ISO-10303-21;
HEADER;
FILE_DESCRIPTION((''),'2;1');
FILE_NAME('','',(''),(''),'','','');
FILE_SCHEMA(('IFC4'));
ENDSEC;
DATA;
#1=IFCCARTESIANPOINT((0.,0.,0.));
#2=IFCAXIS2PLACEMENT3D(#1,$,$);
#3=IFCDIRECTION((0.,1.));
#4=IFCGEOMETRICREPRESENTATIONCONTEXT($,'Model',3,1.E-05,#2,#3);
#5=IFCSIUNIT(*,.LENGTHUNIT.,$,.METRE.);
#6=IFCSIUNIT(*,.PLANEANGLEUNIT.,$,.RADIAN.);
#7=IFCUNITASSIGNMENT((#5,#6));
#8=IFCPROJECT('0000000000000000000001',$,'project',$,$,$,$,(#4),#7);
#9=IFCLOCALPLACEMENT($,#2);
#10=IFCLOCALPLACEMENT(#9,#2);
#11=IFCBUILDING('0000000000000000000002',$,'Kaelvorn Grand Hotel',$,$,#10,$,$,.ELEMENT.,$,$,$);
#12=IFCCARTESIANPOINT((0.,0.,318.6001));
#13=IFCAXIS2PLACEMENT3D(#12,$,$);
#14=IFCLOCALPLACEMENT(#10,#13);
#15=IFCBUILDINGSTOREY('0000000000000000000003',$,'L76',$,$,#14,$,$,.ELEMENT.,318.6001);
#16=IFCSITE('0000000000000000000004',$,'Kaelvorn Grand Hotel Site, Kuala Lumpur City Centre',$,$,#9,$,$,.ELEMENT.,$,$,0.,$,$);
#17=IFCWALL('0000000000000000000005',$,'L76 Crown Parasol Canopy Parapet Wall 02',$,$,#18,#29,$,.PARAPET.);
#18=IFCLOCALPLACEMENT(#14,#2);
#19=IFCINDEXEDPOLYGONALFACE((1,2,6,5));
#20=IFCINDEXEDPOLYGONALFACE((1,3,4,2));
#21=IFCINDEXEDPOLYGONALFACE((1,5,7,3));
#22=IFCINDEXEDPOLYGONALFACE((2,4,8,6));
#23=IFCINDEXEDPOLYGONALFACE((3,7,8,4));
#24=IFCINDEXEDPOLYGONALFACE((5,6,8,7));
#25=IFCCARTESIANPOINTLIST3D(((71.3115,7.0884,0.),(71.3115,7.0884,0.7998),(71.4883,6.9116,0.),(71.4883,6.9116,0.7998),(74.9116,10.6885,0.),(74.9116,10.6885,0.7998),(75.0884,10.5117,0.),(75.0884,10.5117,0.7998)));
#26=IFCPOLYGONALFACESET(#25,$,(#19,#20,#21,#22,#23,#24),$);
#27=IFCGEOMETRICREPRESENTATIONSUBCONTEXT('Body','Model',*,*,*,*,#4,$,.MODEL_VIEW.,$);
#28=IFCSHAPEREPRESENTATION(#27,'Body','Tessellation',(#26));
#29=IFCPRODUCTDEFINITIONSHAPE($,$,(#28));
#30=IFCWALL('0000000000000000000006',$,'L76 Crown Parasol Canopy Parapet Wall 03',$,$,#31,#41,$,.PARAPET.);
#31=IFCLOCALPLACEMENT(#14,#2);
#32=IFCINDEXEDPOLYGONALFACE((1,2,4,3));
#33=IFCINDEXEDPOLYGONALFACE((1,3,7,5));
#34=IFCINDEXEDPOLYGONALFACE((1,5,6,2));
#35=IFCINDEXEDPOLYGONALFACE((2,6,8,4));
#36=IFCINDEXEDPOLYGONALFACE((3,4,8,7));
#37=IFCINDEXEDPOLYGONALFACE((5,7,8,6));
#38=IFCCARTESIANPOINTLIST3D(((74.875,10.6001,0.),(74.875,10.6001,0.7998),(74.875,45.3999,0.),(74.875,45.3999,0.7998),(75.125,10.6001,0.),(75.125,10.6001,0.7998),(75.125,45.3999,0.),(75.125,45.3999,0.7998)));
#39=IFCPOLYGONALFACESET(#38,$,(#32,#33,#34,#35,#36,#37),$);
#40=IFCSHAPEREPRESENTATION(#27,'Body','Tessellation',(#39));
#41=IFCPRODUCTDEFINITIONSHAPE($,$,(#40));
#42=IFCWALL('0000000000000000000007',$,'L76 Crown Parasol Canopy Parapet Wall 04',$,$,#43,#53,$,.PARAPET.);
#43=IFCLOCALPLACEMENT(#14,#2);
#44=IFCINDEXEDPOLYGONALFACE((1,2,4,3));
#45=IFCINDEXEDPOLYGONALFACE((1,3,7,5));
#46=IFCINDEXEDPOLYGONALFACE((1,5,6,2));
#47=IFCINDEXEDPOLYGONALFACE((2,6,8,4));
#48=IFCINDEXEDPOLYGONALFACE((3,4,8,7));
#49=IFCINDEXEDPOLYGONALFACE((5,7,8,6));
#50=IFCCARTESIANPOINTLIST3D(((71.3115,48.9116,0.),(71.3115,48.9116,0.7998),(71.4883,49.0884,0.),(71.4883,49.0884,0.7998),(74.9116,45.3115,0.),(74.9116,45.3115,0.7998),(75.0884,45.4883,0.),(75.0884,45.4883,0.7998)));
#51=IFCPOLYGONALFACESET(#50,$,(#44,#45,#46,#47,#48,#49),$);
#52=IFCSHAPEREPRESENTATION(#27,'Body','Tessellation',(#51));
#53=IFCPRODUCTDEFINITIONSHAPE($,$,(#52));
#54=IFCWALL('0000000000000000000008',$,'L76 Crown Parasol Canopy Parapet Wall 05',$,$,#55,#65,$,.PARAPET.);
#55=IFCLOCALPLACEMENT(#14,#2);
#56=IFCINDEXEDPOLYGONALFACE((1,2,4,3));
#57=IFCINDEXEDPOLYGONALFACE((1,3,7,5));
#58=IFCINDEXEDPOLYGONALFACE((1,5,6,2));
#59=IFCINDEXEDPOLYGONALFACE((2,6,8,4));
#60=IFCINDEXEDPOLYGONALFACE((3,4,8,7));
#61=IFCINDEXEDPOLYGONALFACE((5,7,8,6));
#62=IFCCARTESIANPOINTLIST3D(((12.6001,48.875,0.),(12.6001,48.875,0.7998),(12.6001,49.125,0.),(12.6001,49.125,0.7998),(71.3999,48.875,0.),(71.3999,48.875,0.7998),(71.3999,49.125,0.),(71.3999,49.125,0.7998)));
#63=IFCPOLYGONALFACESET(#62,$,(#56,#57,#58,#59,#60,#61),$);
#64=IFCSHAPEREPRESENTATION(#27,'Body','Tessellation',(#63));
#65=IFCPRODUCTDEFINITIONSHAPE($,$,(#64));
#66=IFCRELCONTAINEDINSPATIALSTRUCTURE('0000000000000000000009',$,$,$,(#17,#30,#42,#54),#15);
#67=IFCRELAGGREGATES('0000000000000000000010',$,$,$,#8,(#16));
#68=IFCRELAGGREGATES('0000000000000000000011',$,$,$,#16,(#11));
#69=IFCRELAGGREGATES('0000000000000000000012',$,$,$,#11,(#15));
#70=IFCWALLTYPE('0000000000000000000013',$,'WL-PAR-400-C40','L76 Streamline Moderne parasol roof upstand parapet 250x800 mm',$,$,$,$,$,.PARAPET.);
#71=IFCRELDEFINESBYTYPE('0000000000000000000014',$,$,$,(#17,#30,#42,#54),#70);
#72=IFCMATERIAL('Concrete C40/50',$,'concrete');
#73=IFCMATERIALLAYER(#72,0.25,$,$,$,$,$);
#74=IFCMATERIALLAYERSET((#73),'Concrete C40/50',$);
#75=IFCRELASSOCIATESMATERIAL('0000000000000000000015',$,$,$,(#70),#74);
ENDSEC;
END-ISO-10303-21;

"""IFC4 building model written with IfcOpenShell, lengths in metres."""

from ifc_helpers import new_model, si_unit, direction, frame, frame_2d, origin, place, context, subcontext, project, spatial, rectangle, extrude, material, layer, layer_set, type_object, element, save


model = new_model("IFC4")

# Units and contexts
model_context = context("Model", 3, precision=1e-05, world=origin(), true_north=direction((0.0, 1.0)))
body_context = subcontext(model_context, "Body", "Model", "MODEL_VIEW")
ifc_project = project(units=[si_unit("LENGTHUNIT", "METRE"), si_unit("PLANEANGLEUNIT", "RADIAN")], contexts=[model_context])

# Site, building, storey
site_placement = place(None, origin())
site = spatial("IfcSite", under=ifc_project, at=site_placement, Name="Kaelvorn Grand Hotel Site, Kuala Lumpur City Centre", CompositionType="ELEMENT", RefElevation=0.0)
building_placement = place(site_placement, origin())
building = spatial("IfcBuilding", under=site, at=building_placement, Name="Kaelvorn Grand Hotel", CompositionType="ELEMENT")
storey_placement = place(building_placement, frame((0.0, 0.0, 318.6001)))
storey = spatial("IfcBuildingStorey", under=building, at=storey_placement, Name="L76", CompositionType="ELEMENT", Elevation=318.6001)

# Walls
ifc_material_1 = material(Name="Concrete C40/50", Category="concrete")
ifc_layer = layer(ifc_material_1, 0.25)
ifc_layer_set = layer_set([ifc_layer], Name="Concrete C40/50")
wall_type = type_object("IfcWallType", Name="WL-PAR-400-C40", Description="L76 Streamline Moderne parasol roof upstand parapet 250x800 mm", PredefinedType="PARAPET", material=ifc_layer_set)
wall_1_placement = place(storey_placement, frame((71.3999, 7.0, 0.0), z_axis=(0.0, 0.0, 1.0), x_axis=(0.707107, 0.707107, 0.0)))
element("IfcWall", 1, at=wall_1_placement, inside=storey, type_object=wall_type, Name="L76 Crown Parasol Canopy Parapet Wall 02", PredefinedType="PARAPET", context=body_context, shape_type="SweptSolid", body=[
    extrude(rectangle(XDim=5.0913, YDim=0.25, at=frame_2d((2.5457, 0.0))), origin(), (0.0, 0.0, 1.0), 0.7998),
])
wall_2_placement = place(storey_placement, frame((75.0, 10.6001, 0.0), z_axis=(0.0, 0.0, 1.0), x_axis=(0.0, 1.0, 0.0)))
element("IfcWall", 2, at=wall_2_placement, inside=storey, type_object=wall_type, Name="L76 Crown Parasol Canopy Parapet Wall 03", PredefinedType="PARAPET", context=body_context, shape_type="SweptSolid", body=[
    extrude(rectangle(XDim=34.7998, YDim=0.25, at=frame_2d((17.3999, 0.0))), origin(), (0.0, 0.0, 1.0), 0.7998),
])
wall_3_placement = place(storey_placement, frame((75.0, 45.3999, 0.0), z_axis=(0.0, 0.0, 1.0), x_axis=(-0.707107, 0.707107, 0.0)))
element("IfcWall", 3, at=wall_3_placement, inside=storey, type_object=wall_type, Name="L76 Crown Parasol Canopy Parapet Wall 04", PredefinedType="PARAPET", context=body_context, shape_type="SweptSolid", body=[
    extrude(rectangle(XDim=5.0913, YDim=0.25, at=frame_2d((2.5457, 0.0))), origin(), (0.0, 0.0, 1.0), 0.7998),
])
wall_4_placement = place(storey_placement, frame((71.3999, 49.0, 0.0), z_axis=(0.0, 0.0, 1.0), x_axis=(-1.0, 0.0, 0.0)))
element("IfcWall", 4, at=wall_4_placement, inside=storey, type_object=wall_type, Name="L76 Crown Parasol Canopy Parapet Wall 05", PredefinedType="PARAPET", context=body_context, shape_type="SweptSolid", body=[
    extrude(rectangle(XDim=58.7998, YDim=0.25, at=frame_2d((29.3999, 0.0))), origin(), (0.0, 0.0, 1.0), 0.7998),
])

save(model, "model.ifc")
